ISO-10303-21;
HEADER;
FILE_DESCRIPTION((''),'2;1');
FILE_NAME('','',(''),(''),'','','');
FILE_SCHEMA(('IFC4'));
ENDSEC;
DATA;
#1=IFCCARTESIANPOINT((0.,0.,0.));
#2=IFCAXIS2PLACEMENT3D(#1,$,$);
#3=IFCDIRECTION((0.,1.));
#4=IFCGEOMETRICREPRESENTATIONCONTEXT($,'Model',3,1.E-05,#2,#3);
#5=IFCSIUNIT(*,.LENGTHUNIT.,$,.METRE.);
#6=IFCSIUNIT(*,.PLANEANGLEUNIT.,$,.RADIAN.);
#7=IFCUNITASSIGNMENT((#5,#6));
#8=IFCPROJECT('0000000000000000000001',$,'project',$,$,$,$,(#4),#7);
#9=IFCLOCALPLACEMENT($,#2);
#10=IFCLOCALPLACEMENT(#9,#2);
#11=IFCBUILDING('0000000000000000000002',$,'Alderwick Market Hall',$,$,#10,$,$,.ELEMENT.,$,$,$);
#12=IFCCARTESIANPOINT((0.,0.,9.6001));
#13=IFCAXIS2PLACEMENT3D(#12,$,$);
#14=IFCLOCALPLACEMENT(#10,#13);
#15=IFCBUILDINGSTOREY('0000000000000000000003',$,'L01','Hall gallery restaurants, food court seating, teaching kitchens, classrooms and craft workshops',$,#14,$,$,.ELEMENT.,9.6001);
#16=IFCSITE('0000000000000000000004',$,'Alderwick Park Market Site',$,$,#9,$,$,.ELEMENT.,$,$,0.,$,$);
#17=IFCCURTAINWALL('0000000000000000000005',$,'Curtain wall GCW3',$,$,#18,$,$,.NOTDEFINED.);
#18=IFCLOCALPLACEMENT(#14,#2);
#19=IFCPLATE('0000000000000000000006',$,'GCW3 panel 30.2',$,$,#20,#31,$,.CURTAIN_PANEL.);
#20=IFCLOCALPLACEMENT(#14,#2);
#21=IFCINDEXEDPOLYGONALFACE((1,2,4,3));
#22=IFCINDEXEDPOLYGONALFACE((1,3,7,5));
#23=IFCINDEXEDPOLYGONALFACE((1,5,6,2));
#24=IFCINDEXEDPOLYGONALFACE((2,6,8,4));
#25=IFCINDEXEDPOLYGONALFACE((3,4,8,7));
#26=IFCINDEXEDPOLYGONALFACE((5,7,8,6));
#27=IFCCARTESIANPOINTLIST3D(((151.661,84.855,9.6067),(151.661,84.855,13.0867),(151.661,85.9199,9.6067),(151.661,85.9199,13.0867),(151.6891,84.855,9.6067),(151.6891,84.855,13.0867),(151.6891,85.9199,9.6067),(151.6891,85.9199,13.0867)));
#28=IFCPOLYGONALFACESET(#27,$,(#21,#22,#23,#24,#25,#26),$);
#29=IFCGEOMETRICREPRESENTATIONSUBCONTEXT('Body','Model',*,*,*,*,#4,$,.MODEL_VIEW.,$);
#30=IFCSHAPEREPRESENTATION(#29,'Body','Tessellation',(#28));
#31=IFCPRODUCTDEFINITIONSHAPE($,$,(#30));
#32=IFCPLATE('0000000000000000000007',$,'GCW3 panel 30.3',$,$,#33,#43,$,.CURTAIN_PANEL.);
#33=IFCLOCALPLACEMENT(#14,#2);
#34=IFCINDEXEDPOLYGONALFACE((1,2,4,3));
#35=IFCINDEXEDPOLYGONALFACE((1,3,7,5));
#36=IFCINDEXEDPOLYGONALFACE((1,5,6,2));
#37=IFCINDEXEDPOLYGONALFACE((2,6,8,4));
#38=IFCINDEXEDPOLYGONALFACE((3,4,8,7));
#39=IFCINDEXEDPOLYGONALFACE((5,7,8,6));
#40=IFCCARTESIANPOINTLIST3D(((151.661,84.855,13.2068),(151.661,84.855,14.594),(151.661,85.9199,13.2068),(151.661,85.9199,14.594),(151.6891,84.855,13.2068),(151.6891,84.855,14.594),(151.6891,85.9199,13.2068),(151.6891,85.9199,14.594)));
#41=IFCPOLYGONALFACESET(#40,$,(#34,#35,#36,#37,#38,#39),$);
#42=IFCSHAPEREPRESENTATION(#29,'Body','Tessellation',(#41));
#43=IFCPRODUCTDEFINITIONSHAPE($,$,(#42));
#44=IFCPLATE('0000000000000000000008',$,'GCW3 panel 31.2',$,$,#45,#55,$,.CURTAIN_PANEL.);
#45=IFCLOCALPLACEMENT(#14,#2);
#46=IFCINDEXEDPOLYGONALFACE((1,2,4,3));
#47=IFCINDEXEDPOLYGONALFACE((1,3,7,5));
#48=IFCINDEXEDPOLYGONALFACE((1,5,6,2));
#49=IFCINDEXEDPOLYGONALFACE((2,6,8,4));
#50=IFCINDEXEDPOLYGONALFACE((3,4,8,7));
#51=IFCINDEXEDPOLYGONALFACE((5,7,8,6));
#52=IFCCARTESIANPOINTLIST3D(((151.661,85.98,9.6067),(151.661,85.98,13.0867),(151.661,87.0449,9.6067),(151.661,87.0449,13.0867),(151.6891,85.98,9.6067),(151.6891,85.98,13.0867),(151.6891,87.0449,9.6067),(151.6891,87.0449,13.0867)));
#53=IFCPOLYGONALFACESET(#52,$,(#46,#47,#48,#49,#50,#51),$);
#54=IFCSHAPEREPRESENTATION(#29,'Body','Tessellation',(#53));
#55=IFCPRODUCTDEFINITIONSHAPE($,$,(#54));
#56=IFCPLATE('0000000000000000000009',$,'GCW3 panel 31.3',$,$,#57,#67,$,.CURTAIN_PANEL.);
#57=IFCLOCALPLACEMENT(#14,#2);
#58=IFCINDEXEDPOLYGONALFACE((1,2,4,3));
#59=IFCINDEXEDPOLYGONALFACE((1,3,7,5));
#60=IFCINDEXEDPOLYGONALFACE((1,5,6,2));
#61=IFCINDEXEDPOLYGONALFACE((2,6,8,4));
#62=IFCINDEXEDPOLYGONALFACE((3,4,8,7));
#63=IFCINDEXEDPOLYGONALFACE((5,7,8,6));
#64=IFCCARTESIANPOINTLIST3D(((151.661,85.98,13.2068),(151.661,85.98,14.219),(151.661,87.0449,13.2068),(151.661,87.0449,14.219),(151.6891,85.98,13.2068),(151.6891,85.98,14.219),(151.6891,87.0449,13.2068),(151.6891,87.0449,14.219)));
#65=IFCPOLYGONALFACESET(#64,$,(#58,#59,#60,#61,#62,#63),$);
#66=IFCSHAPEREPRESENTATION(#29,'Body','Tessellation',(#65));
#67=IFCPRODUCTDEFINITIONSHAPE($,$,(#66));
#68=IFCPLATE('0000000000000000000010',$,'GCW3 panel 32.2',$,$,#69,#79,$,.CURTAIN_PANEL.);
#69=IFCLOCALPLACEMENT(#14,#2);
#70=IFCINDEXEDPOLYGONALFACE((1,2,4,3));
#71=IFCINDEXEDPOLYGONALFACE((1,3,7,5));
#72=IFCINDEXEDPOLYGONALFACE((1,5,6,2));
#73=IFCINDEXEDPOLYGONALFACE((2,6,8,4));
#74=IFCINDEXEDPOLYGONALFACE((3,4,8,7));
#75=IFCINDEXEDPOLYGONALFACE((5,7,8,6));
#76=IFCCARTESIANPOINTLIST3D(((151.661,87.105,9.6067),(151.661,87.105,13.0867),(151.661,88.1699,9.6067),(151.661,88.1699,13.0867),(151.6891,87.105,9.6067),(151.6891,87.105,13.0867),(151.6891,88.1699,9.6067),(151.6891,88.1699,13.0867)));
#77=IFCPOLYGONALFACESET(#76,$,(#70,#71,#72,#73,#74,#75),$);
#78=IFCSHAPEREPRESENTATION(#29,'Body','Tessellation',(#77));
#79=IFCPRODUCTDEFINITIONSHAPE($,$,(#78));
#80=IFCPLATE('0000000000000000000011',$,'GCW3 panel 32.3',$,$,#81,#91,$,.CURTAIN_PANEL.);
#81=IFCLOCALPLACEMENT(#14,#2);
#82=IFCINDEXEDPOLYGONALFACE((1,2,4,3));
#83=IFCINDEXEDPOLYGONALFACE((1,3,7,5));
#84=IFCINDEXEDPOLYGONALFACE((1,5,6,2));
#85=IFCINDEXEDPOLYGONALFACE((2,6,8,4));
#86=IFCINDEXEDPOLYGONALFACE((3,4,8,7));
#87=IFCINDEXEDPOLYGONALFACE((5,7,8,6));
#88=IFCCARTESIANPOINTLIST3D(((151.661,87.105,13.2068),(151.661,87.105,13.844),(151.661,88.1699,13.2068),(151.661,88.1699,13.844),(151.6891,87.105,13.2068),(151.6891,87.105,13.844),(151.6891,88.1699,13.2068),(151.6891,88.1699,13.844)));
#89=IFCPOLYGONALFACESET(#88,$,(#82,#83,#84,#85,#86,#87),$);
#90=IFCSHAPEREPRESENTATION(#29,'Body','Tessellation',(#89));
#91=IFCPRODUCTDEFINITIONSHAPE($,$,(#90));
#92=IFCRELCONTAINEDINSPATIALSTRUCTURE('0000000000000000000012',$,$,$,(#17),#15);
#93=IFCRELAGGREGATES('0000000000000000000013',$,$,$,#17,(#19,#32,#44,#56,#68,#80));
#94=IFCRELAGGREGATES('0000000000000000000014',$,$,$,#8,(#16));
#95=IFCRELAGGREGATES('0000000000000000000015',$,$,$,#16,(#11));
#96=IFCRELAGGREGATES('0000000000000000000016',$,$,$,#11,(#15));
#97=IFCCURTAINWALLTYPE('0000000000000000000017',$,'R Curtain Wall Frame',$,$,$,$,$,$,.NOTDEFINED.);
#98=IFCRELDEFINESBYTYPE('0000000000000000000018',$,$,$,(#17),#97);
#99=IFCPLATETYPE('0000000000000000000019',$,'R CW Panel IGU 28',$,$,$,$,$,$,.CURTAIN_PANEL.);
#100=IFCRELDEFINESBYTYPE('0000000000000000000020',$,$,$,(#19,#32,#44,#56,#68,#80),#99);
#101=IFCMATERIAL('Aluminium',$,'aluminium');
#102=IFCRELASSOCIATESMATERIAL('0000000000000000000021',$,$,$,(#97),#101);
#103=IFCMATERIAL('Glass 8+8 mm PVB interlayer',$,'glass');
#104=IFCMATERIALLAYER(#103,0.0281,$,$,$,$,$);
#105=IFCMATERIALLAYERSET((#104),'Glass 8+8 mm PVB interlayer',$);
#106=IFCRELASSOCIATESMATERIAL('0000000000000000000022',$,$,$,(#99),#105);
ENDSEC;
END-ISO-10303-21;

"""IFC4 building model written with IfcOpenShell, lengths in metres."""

from ifc_helpers import new_model, si_unit, direction, frame, origin, origin_2d, place, context, subcontext, project, spatial, rectangle, extrude, material, layer, layer_set, type_object, element, aggregate, save


model = new_model("IFC4")

# Units and contexts
model_context = context("Model", 3, precision=1e-05, world=origin(), true_north=direction((0.0, 1.0)))
body_context = subcontext(model_context, "Body", "Model", "MODEL_VIEW")
ifc_project = project(units=[si_unit("LENGTHUNIT", "METRE"), si_unit("PLANEANGLEUNIT", "RADIAN")], contexts=[model_context])

# Site, building, storey
site_placement = place(None, origin())
site = spatial("IfcSite", under=ifc_project, at=site_placement, Name="Alderwick Park Market Site", CompositionType="ELEMENT", RefElevation=0.0)
building_placement = place(site_placement, origin())
building = spatial("IfcBuilding", under=site, at=building_placement, Name="Alderwick Market Hall", CompositionType="ELEMENT")
storey_placement = place(building_placement, frame((0.0, 0.0, 9.6001)))
storey = spatial("IfcBuildingStorey", under=building, at=storey_placement, Name="L01", Description="Hall gallery restaurants, food court seating, teaching kitchens, classrooms and craft workshops", CompositionType="ELEMENT", Elevation=9.6001)

# Curtain wall, plates
ifc_material_1 = material(Name="Aluminium", Category="aluminium")
curtain_wall_type = type_object("IfcCurtainWallType", Name="R Curtain Wall Frame", PredefinedType="NOTDEFINED", material=ifc_material_1)
curtain_wall_placement = place(storey_placement, origin())
curtain_wall = element("IfcCurtainWall", 1, at=curtain_wall_placement, inside=storey, type_object=curtain_wall_type, Name="Curtain wall GCW3", PredefinedType="NOTDEFINED")
ifc_material_2 = material(Name="Glass 8+8 mm PVB interlayer", Category="glass")
ifc_layer = layer(ifc_material_2, 0.0281)
ifc_layer_set = layer_set([ifc_layer], Name="Glass 8+8 mm PVB interlayer")
plate_type = type_object("IfcPlateType", Name="R CW Panel IGU 28", PredefinedType="CURTAIN_PANEL", material=ifc_layer_set)
plate_1_placement = place(storey_placement, frame((151.675, 85.3875, 9.6067), z_axis=(0.0, 0.0, 1.0), x_axis=(1.0, 0.0, 0.0)))
plate_1 = element("IfcPlate", 2, at=plate_1_placement, type_object=plate_type, Name="GCW3 panel 30.2", PredefinedType="CURTAIN_PANEL", context=body_context, shape_type="SweptSolid", body=[
    extrude(rectangle(XDim=0.0281, YDim=1.0649, at=origin_2d()), origin(), (0.0, 0.0, 1.0), 3.48),
])
plate_2_placement = place(storey_placement, frame((151.675, 85.3875, 13.2068), z_axis=(0.0, 0.0, 1.0), x_axis=(1.0, 0.0, 0.0)))
plate_2 = element("IfcPlate", 3, at=plate_2_placement, type_object=plate_type, Name="GCW3 panel 30.3", PredefinedType="CURTAIN_PANEL", context=body_context, shape_type="SweptSolid", body=[
    extrude(rectangle(XDim=0.0281, YDim=1.0649, at=origin_2d()), origin(), (0.0, 0.0, 1.0), 1.3872),
])
plate_3_placement = place(storey_placement, frame((151.675, 86.5125, 9.6067), z_axis=(0.0, 0.0, 1.0), x_axis=(1.0, 0.0, 0.0)))
plate_3 = element("IfcPlate", 4, at=plate_3_placement, type_object=plate_type, Name="GCW3 panel 31.2", PredefinedType="CURTAIN_PANEL", context=body_context, shape_type="SweptSolid", body=[
    extrude(rectangle(XDim=0.0281, YDim=1.0649, at=origin_2d()), origin(), (0.0, 0.0, 1.0), 3.48),
])
plate_4_placement = place(storey_placement, frame((151.675, 86.5125, 13.2068), z_axis=(0.0, 0.0, 1.0), x_axis=(1.0, 0.0, 0.0)))
plate_4 = element("IfcPlate", 5, at=plate_4_placement, type_object=plate_type, Name="GCW3 panel 31.3", PredefinedType="CURTAIN_PANEL", context=body_context, shape_type="SweptSolid", body=[
    extrude(rectangle(XDim=0.0281, YDim=1.0649, at=origin_2d()), origin(), (0.0, 0.0, 1.0), 1.0122),
])
plate_5_placement = place(storey_placement, frame((151.675, 87.6375, 9.6067), z_axis=(0.0, 0.0, 1.0), x_axis=(1.0, 0.0, 0.0)))
plate_5 = element("IfcPlate", 6, at=plate_5_placement, type_object=plate_type, Name="GCW3 panel 32.2", PredefinedType="CURTAIN_PANEL", context=body_context, shape_type="SweptSolid", body=[
    extrude(rectangle(XDim=0.0281, YDim=1.0649, at=origin_2d()), origin(), (0.0, 0.0, 1.0), 3.48),
])
plate_6_placement = place(storey_placement, frame((151.675, 87.6375, 13.2068), z_axis=(0.0, 0.0, 1.0), x_axis=(1.0, 0.0, 0.0)))
plate_6 = element("IfcPlate", 7, at=plate_6_placement, type_object=plate_type, Name="GCW3 panel 32.3", PredefinedType="CURTAIN_PANEL", context=body_context, shape_type="SweptSolid", body=[
    extrude(rectangle(XDim=0.0281, YDim=1.0649, at=origin_2d()), origin(), (0.0, 0.0, 1.0), 0.6372),
])
aggregate(curtain_wall, [plate_1, plate_2, plate_3, plate_4, plate_5, plate_6])

save(model, "model.ifc")
